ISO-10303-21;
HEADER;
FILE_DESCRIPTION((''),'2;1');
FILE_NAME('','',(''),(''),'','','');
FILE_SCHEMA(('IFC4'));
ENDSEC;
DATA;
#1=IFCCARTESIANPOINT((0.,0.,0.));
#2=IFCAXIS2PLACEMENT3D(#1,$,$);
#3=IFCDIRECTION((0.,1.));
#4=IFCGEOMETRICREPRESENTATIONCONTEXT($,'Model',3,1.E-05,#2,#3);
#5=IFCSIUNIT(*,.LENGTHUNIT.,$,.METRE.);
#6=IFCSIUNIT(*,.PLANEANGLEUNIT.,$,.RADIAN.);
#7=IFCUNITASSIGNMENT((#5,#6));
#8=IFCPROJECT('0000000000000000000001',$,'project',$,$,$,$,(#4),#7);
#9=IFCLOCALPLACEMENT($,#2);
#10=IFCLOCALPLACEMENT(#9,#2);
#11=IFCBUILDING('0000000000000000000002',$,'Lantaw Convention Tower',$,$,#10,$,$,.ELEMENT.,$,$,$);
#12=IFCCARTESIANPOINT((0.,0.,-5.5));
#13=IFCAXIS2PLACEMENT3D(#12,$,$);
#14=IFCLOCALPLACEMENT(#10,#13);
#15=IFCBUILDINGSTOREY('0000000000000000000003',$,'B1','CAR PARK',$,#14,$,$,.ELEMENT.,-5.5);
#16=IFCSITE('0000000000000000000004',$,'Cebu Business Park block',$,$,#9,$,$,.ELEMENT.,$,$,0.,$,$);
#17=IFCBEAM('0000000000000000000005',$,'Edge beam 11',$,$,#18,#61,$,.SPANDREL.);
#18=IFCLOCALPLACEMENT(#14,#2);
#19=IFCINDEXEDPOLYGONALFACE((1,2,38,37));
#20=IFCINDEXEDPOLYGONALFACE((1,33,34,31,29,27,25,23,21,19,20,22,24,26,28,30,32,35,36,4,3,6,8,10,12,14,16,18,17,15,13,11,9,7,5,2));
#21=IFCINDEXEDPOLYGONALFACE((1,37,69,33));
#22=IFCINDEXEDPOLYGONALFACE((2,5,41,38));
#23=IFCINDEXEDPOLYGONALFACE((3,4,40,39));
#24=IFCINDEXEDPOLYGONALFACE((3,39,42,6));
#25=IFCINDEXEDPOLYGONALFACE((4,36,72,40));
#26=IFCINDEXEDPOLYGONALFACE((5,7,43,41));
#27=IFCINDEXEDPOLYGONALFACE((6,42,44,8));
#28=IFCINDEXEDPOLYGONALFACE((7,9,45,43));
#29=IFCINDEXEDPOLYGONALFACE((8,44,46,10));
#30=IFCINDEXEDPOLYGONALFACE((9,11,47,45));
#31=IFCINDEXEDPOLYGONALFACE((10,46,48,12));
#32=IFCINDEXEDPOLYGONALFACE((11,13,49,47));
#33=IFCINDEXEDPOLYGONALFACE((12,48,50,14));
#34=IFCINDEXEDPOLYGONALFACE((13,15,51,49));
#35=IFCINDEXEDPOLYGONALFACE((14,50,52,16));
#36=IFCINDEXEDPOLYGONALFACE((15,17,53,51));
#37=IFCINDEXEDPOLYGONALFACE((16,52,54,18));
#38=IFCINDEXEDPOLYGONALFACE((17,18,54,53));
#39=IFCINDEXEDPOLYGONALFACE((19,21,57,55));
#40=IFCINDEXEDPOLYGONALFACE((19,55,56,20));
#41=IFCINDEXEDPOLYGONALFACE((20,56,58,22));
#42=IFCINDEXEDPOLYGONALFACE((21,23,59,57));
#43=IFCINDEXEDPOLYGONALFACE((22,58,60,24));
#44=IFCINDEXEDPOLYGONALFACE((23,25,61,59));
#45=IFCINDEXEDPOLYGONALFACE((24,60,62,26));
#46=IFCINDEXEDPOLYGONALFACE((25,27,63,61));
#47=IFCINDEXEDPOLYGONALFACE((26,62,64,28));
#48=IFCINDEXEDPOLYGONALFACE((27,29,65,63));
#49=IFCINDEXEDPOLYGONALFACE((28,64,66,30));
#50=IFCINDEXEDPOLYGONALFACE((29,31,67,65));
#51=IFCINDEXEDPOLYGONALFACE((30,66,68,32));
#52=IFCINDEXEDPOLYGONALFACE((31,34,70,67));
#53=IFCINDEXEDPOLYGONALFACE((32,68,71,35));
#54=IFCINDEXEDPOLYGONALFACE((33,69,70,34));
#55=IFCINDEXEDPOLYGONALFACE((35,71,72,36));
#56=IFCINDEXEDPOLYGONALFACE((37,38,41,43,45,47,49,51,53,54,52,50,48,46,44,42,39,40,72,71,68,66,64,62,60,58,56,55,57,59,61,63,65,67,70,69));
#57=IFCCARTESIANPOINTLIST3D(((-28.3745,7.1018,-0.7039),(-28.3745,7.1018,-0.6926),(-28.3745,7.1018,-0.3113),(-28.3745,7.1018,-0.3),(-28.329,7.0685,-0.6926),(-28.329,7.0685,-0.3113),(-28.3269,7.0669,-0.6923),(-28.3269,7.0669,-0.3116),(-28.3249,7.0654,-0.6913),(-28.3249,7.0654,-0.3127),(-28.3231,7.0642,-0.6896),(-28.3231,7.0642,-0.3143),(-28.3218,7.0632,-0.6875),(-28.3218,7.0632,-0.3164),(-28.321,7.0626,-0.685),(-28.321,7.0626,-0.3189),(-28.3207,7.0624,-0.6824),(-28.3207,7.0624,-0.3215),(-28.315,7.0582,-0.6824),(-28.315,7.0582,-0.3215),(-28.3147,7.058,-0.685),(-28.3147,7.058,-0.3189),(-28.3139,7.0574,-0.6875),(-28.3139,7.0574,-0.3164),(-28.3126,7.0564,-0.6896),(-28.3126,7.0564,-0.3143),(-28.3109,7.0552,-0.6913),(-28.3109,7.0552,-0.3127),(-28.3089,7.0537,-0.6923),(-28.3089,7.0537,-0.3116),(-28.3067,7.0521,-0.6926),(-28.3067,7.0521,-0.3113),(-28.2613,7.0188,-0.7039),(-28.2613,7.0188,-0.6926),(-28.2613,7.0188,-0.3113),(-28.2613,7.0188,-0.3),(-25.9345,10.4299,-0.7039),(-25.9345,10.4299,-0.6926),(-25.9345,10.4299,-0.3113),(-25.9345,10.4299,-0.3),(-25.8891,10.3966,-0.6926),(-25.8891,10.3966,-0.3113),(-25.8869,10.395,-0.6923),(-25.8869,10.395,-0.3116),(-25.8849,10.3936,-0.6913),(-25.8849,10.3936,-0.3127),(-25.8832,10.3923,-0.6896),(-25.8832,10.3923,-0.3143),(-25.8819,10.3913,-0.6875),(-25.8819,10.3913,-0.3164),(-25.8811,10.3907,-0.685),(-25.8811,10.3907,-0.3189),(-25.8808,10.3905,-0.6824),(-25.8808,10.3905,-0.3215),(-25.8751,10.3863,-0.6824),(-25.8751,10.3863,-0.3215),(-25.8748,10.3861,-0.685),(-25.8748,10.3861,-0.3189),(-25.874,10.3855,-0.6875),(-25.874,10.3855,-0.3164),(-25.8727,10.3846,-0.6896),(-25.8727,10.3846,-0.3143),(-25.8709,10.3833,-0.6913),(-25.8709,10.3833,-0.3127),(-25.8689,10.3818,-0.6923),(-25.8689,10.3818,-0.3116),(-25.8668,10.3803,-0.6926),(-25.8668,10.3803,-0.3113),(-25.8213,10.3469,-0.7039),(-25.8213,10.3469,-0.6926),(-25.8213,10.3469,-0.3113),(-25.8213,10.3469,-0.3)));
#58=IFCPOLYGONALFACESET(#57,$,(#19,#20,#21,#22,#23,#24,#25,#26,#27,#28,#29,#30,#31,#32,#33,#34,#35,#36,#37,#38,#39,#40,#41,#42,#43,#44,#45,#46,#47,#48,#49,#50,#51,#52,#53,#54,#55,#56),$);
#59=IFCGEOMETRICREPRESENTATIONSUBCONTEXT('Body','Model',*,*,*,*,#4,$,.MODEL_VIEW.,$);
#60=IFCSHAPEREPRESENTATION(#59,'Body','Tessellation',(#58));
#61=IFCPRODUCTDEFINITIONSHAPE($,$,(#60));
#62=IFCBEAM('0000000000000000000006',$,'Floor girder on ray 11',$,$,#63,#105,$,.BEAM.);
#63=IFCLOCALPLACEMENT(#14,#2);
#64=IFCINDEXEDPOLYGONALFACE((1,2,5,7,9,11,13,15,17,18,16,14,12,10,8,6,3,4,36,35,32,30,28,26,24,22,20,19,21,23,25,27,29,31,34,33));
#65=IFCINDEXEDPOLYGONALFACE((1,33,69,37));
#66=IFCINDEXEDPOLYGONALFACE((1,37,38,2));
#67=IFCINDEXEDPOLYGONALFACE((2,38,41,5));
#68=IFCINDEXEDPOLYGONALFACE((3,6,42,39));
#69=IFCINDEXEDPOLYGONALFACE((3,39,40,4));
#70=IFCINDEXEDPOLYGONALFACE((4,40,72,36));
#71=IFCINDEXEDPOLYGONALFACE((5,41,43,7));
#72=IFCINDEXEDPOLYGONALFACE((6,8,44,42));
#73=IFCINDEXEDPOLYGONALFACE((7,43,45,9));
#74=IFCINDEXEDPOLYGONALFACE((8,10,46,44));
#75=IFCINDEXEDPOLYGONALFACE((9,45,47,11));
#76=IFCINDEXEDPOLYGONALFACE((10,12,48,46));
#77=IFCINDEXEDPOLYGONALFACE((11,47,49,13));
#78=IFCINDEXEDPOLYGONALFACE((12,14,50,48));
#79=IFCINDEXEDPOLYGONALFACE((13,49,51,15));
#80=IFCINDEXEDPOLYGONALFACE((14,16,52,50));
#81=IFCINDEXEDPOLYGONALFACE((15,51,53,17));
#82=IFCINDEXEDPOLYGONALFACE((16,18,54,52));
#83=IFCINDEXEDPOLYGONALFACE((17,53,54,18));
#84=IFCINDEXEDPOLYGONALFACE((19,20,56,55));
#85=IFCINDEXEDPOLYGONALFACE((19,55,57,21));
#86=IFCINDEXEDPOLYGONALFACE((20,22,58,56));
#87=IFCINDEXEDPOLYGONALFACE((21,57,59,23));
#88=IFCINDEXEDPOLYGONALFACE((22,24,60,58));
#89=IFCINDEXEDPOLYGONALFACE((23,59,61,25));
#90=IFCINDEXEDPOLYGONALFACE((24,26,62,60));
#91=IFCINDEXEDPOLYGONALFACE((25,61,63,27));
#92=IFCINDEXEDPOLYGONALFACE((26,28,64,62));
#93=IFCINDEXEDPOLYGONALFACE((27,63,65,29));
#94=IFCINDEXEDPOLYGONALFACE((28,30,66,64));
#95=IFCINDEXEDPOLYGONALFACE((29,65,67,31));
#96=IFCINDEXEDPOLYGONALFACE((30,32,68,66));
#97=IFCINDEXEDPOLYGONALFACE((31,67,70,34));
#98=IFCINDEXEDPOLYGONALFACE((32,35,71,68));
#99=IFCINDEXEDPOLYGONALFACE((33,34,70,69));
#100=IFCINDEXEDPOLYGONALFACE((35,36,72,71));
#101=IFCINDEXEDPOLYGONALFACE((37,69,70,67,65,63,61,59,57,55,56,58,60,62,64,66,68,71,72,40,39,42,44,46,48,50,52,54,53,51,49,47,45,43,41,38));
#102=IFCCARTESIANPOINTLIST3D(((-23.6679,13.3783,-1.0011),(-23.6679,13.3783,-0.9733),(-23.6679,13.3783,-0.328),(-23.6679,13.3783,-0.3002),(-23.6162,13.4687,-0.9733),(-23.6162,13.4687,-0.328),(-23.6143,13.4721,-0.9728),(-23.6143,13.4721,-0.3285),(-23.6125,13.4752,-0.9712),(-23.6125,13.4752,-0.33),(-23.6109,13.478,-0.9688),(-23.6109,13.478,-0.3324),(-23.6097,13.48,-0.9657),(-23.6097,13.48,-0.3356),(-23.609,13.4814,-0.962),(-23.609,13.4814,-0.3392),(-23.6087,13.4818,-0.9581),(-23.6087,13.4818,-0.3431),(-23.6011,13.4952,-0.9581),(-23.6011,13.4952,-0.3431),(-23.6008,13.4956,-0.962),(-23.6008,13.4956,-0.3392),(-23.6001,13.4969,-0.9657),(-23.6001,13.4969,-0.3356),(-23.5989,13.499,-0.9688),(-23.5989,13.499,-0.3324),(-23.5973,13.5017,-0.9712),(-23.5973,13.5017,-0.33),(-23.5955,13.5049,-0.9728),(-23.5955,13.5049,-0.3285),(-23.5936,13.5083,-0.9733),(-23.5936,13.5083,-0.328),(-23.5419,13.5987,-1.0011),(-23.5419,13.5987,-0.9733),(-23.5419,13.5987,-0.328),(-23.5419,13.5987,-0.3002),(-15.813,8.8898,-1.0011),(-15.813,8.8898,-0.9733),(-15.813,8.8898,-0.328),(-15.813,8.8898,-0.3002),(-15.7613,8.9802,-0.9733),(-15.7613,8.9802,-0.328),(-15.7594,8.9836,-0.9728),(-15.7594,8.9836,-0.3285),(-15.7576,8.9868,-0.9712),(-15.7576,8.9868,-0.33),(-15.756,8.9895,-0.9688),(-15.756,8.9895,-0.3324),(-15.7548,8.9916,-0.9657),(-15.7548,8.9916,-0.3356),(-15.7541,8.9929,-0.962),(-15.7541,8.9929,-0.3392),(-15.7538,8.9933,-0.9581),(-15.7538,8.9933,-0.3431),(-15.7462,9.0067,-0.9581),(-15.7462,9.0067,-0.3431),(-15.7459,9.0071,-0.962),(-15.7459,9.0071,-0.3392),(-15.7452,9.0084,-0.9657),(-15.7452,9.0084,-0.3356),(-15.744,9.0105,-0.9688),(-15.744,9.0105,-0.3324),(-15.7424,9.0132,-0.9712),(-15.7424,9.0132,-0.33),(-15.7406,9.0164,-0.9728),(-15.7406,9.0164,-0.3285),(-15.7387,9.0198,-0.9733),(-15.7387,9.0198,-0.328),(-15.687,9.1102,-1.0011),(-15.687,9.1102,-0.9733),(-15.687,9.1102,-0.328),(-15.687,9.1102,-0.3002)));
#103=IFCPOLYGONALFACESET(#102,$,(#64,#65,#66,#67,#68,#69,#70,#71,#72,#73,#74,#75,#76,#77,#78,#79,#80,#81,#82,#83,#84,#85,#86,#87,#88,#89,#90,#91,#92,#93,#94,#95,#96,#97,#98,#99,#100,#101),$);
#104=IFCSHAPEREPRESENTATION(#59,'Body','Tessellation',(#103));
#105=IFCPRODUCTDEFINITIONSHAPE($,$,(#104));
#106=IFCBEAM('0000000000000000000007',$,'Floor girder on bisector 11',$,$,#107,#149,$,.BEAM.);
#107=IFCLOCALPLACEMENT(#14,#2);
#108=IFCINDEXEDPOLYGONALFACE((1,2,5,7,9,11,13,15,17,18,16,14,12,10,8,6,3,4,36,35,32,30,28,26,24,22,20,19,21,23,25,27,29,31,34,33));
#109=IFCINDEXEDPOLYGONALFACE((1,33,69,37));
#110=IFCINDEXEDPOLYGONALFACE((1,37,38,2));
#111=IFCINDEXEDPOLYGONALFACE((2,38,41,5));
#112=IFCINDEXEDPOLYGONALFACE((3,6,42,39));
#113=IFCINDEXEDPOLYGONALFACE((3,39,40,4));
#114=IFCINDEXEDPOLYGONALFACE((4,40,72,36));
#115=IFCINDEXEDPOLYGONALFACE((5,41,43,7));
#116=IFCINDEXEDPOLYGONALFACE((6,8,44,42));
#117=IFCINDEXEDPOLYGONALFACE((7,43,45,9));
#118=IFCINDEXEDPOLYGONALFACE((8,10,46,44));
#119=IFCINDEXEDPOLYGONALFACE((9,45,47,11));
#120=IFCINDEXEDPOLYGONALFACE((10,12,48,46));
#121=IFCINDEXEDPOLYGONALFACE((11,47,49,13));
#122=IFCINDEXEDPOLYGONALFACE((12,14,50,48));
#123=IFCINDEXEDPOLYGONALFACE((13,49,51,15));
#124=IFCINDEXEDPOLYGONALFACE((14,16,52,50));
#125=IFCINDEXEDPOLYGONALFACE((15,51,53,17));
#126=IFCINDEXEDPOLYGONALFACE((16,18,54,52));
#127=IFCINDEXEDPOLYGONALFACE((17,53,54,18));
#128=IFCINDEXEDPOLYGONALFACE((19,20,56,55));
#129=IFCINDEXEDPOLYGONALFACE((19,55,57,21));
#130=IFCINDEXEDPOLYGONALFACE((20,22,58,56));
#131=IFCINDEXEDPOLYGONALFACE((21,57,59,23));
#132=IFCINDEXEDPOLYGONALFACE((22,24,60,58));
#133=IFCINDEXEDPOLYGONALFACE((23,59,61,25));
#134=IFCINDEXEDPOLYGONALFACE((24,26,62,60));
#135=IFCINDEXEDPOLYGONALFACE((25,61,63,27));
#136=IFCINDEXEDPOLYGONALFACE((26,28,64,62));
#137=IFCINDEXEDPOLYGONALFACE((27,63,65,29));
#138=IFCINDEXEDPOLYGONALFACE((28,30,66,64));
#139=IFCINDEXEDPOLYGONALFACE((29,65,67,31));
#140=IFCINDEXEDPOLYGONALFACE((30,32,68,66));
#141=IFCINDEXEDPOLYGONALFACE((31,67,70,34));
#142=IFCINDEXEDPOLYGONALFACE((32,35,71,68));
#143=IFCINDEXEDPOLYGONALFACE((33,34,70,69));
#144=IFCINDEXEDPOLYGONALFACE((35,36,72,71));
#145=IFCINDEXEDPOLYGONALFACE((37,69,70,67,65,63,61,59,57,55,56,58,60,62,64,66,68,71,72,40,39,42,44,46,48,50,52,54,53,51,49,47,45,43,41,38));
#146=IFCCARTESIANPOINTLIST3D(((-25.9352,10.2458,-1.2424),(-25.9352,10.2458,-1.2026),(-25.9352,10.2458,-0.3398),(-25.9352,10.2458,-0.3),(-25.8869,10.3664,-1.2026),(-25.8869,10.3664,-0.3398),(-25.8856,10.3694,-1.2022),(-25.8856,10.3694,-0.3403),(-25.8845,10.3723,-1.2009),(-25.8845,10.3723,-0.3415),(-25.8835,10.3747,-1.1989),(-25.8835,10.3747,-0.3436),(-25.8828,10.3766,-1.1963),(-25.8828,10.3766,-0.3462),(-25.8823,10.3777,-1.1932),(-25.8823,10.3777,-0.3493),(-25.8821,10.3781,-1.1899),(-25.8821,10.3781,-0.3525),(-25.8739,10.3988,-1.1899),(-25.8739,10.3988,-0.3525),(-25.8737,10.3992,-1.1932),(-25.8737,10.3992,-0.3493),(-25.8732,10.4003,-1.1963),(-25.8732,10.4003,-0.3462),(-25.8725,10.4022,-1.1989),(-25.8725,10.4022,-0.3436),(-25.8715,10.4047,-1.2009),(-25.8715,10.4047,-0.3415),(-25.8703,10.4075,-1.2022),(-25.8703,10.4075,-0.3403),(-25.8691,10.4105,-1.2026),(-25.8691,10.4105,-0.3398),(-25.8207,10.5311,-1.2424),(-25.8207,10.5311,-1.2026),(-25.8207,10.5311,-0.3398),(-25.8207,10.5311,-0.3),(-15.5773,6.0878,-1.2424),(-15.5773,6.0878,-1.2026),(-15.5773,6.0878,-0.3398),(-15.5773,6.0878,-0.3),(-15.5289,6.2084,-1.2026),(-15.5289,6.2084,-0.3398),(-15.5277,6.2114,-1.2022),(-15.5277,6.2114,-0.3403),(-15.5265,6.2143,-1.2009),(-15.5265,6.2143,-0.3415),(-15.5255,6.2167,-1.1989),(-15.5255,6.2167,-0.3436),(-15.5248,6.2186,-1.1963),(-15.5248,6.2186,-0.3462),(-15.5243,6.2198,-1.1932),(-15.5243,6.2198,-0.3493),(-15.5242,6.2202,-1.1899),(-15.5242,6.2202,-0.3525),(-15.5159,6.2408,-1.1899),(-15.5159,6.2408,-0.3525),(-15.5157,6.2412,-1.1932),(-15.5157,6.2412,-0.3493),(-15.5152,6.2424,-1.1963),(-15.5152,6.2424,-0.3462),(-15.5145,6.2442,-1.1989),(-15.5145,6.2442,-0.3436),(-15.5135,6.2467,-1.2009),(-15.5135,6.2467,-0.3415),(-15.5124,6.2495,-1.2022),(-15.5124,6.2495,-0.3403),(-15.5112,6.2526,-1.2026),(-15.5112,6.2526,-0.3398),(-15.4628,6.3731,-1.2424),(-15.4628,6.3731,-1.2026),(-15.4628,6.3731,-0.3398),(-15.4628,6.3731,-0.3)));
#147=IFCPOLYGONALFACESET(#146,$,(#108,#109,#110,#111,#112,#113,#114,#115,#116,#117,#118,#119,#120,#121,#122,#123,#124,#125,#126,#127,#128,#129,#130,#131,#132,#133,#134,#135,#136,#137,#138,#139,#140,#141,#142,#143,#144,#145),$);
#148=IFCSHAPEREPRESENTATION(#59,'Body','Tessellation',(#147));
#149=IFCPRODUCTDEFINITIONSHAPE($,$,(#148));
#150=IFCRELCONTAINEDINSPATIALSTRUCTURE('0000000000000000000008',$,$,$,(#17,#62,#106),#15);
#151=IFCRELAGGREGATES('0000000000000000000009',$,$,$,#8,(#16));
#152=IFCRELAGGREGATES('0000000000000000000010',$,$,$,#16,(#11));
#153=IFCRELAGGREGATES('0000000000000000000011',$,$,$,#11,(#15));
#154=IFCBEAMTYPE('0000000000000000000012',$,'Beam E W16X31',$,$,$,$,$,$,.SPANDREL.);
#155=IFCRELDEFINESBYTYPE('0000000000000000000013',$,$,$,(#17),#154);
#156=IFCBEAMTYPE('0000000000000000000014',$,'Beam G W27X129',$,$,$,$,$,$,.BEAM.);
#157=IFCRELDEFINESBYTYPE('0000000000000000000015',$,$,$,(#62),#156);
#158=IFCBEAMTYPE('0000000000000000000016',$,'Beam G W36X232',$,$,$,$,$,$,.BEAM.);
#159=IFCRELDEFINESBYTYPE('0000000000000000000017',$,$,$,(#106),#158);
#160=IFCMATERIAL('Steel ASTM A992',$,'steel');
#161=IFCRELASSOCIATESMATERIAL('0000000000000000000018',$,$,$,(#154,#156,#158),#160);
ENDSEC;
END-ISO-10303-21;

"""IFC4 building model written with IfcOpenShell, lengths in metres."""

from ifc_helpers import new_model, si_unit, direction, frame, origin, origin_2d, place, context, subcontext, project, spatial, i_section, extrude, material, material_profile, profile_set, type_object, element, save


model = new_model("IFC4")

# Units and contexts
model_context = context("Model", 3, precision=1e-05, world=origin(), true_north=direction((0.0, 1.0)))
body_context = subcontext(model_context, "Body", "Model", "MODEL_VIEW")
ifc_project = project(units=[si_unit("LENGTHUNIT", "METRE"), si_unit("PLANEANGLEUNIT", "RADIAN")], contexts=[model_context])

# Site, building, storey
site_placement = place(None, origin())
site = spatial("IfcSite", under=ifc_project, at=site_placement, Name="Cebu Business Park block", CompositionType="ELEMENT", RefElevation=0.0)
building_placement = place(site_placement, origin())
building = spatial("IfcBuilding", under=site, at=building_placement, Name="Lantaw Convention Tower", CompositionType="ELEMENT")
storey_placement = place(building_placement, frame((0.0, 0.0, -5.5)))
storey = spatial("IfcBuildingStorey", under=building, at=storey_placement, Name="B1", Description="CAR PARK", CompositionType="ELEMENT", Elevation=-5.5)

# Beams
ifc_material_1 = material(Name="Steel ASTM A992", Category="steel")
ifc_material_profile_1 = material_profile(ifc_material_1, i_section(OverallWidth=0.1404, OverallDepth=0.4038, WebThickness=0.0071, FlangeThickness=0.0112, FilletRadius=0.0103, at=origin_2d()), Name="W16X31")
ifc_profile_set_1 = profile_set([ifc_material_profile_1], Name="Steel ASTM A992")
beam_type_1 = type_object("IfcBeamType", Name="Beam E W16X31", PredefinedType="SPANDREL", material=ifc_profile_set_1)
beam_1_placement = place(storey_placement, frame((-25.8779, 10.3884, -0.502), z_axis=(-0.591256, -0.806484, 0.0), x_axis=(0.806484, -0.591256, 0.0)))
element("IfcBeam", 1, at=beam_1_placement, inside=storey, type_object=beam_type_1, Name="Edge beam 11", PredefinedType="SPANDREL", context=body_context, shape_type="SweptSolid", body=[
    extrude(i_section(OverallWidth=0.1404, OverallDepth=0.4038, WebThickness=0.0071, FlangeThickness=0.0112, FilletRadius=0.0103, at=origin_2d()), origin(), (0.0, 0.0, 1.0), 4.1267),
])
ifc_material_profile_2 = material_profile(ifc_material_1, i_section(OverallWidth=0.2539, OverallDepth=0.7009, WebThickness=0.0154, FlangeThickness=0.0278, FilletRadius=0.0151, at=origin_2d()), Name="W27X129")
ifc_profile_set_2 = profile_set([ifc_material_profile_2], Name="Steel ASTM A992")
beam_type_2 = type_object("IfcBeamType", Name="Beam G W27X129", PredefinedType="BEAM", material=ifc_profile_set_2)
beam_2_placement = place(storey_placement, frame((-15.75, 9.0, -0.6506), z_axis=(-0.868245, 0.496136, 0.0), x_axis=(-0.496136, -0.868245, 0.0)))
element("IfcBeam", 2, at=beam_2_placement, inside=storey, type_object=beam_type_2, Name="Floor girder on ray 11", PredefinedType="BEAM", context=body_context, shape_type="SweptSolid", body=[
    extrude(i_section(OverallWidth=0.2539, OverallDepth=0.7009, WebThickness=0.0154, FlangeThickness=0.0278, FilletRadius=0.0151, at=origin_2d()), origin(), (0.0, 0.0, 1.0), 9.0469),
])
ifc_material_profile_3 = material_profile(ifc_material_1, i_section(OverallWidth=0.3074, OverallDepth=0.9424, WebThickness=0.0222, FlangeThickness=0.0398, FilletRadius=0.0127, at=origin_2d()), Name="W36X232")
ifc_profile_set_3 = profile_set([ifc_material_profile_3], Name="Steel ASTM A992")
beam_type_3 = type_object("IfcBeamType", Name="Beam G W36X232", PredefinedType="BEAM", material=ifc_profile_set_3)
beam_3_placement = place(storey_placement, frame((-15.52, 6.2305, -0.7712), z_axis=(-0.928019, 0.372533, 0.0), x_axis=(-0.372533, -0.928019, 0.0)))
element("IfcBeam", 3, at=beam_3_placement, inside=storey, type_object=beam_type_3, Name="Floor girder on bisector 11", PredefinedType="BEAM", context=body_context, shape_type="SweptSolid", body=[
    extrude(i_section(OverallWidth=0.3074, OverallDepth=0.9424, WebThickness=0.0222, FlangeThickness=0.0398, FilletRadius=0.0127, at=origin_2d()), origin(), (0.0, 0.0, 1.0), 11.1614),
])

save(model, "model.ifc")
